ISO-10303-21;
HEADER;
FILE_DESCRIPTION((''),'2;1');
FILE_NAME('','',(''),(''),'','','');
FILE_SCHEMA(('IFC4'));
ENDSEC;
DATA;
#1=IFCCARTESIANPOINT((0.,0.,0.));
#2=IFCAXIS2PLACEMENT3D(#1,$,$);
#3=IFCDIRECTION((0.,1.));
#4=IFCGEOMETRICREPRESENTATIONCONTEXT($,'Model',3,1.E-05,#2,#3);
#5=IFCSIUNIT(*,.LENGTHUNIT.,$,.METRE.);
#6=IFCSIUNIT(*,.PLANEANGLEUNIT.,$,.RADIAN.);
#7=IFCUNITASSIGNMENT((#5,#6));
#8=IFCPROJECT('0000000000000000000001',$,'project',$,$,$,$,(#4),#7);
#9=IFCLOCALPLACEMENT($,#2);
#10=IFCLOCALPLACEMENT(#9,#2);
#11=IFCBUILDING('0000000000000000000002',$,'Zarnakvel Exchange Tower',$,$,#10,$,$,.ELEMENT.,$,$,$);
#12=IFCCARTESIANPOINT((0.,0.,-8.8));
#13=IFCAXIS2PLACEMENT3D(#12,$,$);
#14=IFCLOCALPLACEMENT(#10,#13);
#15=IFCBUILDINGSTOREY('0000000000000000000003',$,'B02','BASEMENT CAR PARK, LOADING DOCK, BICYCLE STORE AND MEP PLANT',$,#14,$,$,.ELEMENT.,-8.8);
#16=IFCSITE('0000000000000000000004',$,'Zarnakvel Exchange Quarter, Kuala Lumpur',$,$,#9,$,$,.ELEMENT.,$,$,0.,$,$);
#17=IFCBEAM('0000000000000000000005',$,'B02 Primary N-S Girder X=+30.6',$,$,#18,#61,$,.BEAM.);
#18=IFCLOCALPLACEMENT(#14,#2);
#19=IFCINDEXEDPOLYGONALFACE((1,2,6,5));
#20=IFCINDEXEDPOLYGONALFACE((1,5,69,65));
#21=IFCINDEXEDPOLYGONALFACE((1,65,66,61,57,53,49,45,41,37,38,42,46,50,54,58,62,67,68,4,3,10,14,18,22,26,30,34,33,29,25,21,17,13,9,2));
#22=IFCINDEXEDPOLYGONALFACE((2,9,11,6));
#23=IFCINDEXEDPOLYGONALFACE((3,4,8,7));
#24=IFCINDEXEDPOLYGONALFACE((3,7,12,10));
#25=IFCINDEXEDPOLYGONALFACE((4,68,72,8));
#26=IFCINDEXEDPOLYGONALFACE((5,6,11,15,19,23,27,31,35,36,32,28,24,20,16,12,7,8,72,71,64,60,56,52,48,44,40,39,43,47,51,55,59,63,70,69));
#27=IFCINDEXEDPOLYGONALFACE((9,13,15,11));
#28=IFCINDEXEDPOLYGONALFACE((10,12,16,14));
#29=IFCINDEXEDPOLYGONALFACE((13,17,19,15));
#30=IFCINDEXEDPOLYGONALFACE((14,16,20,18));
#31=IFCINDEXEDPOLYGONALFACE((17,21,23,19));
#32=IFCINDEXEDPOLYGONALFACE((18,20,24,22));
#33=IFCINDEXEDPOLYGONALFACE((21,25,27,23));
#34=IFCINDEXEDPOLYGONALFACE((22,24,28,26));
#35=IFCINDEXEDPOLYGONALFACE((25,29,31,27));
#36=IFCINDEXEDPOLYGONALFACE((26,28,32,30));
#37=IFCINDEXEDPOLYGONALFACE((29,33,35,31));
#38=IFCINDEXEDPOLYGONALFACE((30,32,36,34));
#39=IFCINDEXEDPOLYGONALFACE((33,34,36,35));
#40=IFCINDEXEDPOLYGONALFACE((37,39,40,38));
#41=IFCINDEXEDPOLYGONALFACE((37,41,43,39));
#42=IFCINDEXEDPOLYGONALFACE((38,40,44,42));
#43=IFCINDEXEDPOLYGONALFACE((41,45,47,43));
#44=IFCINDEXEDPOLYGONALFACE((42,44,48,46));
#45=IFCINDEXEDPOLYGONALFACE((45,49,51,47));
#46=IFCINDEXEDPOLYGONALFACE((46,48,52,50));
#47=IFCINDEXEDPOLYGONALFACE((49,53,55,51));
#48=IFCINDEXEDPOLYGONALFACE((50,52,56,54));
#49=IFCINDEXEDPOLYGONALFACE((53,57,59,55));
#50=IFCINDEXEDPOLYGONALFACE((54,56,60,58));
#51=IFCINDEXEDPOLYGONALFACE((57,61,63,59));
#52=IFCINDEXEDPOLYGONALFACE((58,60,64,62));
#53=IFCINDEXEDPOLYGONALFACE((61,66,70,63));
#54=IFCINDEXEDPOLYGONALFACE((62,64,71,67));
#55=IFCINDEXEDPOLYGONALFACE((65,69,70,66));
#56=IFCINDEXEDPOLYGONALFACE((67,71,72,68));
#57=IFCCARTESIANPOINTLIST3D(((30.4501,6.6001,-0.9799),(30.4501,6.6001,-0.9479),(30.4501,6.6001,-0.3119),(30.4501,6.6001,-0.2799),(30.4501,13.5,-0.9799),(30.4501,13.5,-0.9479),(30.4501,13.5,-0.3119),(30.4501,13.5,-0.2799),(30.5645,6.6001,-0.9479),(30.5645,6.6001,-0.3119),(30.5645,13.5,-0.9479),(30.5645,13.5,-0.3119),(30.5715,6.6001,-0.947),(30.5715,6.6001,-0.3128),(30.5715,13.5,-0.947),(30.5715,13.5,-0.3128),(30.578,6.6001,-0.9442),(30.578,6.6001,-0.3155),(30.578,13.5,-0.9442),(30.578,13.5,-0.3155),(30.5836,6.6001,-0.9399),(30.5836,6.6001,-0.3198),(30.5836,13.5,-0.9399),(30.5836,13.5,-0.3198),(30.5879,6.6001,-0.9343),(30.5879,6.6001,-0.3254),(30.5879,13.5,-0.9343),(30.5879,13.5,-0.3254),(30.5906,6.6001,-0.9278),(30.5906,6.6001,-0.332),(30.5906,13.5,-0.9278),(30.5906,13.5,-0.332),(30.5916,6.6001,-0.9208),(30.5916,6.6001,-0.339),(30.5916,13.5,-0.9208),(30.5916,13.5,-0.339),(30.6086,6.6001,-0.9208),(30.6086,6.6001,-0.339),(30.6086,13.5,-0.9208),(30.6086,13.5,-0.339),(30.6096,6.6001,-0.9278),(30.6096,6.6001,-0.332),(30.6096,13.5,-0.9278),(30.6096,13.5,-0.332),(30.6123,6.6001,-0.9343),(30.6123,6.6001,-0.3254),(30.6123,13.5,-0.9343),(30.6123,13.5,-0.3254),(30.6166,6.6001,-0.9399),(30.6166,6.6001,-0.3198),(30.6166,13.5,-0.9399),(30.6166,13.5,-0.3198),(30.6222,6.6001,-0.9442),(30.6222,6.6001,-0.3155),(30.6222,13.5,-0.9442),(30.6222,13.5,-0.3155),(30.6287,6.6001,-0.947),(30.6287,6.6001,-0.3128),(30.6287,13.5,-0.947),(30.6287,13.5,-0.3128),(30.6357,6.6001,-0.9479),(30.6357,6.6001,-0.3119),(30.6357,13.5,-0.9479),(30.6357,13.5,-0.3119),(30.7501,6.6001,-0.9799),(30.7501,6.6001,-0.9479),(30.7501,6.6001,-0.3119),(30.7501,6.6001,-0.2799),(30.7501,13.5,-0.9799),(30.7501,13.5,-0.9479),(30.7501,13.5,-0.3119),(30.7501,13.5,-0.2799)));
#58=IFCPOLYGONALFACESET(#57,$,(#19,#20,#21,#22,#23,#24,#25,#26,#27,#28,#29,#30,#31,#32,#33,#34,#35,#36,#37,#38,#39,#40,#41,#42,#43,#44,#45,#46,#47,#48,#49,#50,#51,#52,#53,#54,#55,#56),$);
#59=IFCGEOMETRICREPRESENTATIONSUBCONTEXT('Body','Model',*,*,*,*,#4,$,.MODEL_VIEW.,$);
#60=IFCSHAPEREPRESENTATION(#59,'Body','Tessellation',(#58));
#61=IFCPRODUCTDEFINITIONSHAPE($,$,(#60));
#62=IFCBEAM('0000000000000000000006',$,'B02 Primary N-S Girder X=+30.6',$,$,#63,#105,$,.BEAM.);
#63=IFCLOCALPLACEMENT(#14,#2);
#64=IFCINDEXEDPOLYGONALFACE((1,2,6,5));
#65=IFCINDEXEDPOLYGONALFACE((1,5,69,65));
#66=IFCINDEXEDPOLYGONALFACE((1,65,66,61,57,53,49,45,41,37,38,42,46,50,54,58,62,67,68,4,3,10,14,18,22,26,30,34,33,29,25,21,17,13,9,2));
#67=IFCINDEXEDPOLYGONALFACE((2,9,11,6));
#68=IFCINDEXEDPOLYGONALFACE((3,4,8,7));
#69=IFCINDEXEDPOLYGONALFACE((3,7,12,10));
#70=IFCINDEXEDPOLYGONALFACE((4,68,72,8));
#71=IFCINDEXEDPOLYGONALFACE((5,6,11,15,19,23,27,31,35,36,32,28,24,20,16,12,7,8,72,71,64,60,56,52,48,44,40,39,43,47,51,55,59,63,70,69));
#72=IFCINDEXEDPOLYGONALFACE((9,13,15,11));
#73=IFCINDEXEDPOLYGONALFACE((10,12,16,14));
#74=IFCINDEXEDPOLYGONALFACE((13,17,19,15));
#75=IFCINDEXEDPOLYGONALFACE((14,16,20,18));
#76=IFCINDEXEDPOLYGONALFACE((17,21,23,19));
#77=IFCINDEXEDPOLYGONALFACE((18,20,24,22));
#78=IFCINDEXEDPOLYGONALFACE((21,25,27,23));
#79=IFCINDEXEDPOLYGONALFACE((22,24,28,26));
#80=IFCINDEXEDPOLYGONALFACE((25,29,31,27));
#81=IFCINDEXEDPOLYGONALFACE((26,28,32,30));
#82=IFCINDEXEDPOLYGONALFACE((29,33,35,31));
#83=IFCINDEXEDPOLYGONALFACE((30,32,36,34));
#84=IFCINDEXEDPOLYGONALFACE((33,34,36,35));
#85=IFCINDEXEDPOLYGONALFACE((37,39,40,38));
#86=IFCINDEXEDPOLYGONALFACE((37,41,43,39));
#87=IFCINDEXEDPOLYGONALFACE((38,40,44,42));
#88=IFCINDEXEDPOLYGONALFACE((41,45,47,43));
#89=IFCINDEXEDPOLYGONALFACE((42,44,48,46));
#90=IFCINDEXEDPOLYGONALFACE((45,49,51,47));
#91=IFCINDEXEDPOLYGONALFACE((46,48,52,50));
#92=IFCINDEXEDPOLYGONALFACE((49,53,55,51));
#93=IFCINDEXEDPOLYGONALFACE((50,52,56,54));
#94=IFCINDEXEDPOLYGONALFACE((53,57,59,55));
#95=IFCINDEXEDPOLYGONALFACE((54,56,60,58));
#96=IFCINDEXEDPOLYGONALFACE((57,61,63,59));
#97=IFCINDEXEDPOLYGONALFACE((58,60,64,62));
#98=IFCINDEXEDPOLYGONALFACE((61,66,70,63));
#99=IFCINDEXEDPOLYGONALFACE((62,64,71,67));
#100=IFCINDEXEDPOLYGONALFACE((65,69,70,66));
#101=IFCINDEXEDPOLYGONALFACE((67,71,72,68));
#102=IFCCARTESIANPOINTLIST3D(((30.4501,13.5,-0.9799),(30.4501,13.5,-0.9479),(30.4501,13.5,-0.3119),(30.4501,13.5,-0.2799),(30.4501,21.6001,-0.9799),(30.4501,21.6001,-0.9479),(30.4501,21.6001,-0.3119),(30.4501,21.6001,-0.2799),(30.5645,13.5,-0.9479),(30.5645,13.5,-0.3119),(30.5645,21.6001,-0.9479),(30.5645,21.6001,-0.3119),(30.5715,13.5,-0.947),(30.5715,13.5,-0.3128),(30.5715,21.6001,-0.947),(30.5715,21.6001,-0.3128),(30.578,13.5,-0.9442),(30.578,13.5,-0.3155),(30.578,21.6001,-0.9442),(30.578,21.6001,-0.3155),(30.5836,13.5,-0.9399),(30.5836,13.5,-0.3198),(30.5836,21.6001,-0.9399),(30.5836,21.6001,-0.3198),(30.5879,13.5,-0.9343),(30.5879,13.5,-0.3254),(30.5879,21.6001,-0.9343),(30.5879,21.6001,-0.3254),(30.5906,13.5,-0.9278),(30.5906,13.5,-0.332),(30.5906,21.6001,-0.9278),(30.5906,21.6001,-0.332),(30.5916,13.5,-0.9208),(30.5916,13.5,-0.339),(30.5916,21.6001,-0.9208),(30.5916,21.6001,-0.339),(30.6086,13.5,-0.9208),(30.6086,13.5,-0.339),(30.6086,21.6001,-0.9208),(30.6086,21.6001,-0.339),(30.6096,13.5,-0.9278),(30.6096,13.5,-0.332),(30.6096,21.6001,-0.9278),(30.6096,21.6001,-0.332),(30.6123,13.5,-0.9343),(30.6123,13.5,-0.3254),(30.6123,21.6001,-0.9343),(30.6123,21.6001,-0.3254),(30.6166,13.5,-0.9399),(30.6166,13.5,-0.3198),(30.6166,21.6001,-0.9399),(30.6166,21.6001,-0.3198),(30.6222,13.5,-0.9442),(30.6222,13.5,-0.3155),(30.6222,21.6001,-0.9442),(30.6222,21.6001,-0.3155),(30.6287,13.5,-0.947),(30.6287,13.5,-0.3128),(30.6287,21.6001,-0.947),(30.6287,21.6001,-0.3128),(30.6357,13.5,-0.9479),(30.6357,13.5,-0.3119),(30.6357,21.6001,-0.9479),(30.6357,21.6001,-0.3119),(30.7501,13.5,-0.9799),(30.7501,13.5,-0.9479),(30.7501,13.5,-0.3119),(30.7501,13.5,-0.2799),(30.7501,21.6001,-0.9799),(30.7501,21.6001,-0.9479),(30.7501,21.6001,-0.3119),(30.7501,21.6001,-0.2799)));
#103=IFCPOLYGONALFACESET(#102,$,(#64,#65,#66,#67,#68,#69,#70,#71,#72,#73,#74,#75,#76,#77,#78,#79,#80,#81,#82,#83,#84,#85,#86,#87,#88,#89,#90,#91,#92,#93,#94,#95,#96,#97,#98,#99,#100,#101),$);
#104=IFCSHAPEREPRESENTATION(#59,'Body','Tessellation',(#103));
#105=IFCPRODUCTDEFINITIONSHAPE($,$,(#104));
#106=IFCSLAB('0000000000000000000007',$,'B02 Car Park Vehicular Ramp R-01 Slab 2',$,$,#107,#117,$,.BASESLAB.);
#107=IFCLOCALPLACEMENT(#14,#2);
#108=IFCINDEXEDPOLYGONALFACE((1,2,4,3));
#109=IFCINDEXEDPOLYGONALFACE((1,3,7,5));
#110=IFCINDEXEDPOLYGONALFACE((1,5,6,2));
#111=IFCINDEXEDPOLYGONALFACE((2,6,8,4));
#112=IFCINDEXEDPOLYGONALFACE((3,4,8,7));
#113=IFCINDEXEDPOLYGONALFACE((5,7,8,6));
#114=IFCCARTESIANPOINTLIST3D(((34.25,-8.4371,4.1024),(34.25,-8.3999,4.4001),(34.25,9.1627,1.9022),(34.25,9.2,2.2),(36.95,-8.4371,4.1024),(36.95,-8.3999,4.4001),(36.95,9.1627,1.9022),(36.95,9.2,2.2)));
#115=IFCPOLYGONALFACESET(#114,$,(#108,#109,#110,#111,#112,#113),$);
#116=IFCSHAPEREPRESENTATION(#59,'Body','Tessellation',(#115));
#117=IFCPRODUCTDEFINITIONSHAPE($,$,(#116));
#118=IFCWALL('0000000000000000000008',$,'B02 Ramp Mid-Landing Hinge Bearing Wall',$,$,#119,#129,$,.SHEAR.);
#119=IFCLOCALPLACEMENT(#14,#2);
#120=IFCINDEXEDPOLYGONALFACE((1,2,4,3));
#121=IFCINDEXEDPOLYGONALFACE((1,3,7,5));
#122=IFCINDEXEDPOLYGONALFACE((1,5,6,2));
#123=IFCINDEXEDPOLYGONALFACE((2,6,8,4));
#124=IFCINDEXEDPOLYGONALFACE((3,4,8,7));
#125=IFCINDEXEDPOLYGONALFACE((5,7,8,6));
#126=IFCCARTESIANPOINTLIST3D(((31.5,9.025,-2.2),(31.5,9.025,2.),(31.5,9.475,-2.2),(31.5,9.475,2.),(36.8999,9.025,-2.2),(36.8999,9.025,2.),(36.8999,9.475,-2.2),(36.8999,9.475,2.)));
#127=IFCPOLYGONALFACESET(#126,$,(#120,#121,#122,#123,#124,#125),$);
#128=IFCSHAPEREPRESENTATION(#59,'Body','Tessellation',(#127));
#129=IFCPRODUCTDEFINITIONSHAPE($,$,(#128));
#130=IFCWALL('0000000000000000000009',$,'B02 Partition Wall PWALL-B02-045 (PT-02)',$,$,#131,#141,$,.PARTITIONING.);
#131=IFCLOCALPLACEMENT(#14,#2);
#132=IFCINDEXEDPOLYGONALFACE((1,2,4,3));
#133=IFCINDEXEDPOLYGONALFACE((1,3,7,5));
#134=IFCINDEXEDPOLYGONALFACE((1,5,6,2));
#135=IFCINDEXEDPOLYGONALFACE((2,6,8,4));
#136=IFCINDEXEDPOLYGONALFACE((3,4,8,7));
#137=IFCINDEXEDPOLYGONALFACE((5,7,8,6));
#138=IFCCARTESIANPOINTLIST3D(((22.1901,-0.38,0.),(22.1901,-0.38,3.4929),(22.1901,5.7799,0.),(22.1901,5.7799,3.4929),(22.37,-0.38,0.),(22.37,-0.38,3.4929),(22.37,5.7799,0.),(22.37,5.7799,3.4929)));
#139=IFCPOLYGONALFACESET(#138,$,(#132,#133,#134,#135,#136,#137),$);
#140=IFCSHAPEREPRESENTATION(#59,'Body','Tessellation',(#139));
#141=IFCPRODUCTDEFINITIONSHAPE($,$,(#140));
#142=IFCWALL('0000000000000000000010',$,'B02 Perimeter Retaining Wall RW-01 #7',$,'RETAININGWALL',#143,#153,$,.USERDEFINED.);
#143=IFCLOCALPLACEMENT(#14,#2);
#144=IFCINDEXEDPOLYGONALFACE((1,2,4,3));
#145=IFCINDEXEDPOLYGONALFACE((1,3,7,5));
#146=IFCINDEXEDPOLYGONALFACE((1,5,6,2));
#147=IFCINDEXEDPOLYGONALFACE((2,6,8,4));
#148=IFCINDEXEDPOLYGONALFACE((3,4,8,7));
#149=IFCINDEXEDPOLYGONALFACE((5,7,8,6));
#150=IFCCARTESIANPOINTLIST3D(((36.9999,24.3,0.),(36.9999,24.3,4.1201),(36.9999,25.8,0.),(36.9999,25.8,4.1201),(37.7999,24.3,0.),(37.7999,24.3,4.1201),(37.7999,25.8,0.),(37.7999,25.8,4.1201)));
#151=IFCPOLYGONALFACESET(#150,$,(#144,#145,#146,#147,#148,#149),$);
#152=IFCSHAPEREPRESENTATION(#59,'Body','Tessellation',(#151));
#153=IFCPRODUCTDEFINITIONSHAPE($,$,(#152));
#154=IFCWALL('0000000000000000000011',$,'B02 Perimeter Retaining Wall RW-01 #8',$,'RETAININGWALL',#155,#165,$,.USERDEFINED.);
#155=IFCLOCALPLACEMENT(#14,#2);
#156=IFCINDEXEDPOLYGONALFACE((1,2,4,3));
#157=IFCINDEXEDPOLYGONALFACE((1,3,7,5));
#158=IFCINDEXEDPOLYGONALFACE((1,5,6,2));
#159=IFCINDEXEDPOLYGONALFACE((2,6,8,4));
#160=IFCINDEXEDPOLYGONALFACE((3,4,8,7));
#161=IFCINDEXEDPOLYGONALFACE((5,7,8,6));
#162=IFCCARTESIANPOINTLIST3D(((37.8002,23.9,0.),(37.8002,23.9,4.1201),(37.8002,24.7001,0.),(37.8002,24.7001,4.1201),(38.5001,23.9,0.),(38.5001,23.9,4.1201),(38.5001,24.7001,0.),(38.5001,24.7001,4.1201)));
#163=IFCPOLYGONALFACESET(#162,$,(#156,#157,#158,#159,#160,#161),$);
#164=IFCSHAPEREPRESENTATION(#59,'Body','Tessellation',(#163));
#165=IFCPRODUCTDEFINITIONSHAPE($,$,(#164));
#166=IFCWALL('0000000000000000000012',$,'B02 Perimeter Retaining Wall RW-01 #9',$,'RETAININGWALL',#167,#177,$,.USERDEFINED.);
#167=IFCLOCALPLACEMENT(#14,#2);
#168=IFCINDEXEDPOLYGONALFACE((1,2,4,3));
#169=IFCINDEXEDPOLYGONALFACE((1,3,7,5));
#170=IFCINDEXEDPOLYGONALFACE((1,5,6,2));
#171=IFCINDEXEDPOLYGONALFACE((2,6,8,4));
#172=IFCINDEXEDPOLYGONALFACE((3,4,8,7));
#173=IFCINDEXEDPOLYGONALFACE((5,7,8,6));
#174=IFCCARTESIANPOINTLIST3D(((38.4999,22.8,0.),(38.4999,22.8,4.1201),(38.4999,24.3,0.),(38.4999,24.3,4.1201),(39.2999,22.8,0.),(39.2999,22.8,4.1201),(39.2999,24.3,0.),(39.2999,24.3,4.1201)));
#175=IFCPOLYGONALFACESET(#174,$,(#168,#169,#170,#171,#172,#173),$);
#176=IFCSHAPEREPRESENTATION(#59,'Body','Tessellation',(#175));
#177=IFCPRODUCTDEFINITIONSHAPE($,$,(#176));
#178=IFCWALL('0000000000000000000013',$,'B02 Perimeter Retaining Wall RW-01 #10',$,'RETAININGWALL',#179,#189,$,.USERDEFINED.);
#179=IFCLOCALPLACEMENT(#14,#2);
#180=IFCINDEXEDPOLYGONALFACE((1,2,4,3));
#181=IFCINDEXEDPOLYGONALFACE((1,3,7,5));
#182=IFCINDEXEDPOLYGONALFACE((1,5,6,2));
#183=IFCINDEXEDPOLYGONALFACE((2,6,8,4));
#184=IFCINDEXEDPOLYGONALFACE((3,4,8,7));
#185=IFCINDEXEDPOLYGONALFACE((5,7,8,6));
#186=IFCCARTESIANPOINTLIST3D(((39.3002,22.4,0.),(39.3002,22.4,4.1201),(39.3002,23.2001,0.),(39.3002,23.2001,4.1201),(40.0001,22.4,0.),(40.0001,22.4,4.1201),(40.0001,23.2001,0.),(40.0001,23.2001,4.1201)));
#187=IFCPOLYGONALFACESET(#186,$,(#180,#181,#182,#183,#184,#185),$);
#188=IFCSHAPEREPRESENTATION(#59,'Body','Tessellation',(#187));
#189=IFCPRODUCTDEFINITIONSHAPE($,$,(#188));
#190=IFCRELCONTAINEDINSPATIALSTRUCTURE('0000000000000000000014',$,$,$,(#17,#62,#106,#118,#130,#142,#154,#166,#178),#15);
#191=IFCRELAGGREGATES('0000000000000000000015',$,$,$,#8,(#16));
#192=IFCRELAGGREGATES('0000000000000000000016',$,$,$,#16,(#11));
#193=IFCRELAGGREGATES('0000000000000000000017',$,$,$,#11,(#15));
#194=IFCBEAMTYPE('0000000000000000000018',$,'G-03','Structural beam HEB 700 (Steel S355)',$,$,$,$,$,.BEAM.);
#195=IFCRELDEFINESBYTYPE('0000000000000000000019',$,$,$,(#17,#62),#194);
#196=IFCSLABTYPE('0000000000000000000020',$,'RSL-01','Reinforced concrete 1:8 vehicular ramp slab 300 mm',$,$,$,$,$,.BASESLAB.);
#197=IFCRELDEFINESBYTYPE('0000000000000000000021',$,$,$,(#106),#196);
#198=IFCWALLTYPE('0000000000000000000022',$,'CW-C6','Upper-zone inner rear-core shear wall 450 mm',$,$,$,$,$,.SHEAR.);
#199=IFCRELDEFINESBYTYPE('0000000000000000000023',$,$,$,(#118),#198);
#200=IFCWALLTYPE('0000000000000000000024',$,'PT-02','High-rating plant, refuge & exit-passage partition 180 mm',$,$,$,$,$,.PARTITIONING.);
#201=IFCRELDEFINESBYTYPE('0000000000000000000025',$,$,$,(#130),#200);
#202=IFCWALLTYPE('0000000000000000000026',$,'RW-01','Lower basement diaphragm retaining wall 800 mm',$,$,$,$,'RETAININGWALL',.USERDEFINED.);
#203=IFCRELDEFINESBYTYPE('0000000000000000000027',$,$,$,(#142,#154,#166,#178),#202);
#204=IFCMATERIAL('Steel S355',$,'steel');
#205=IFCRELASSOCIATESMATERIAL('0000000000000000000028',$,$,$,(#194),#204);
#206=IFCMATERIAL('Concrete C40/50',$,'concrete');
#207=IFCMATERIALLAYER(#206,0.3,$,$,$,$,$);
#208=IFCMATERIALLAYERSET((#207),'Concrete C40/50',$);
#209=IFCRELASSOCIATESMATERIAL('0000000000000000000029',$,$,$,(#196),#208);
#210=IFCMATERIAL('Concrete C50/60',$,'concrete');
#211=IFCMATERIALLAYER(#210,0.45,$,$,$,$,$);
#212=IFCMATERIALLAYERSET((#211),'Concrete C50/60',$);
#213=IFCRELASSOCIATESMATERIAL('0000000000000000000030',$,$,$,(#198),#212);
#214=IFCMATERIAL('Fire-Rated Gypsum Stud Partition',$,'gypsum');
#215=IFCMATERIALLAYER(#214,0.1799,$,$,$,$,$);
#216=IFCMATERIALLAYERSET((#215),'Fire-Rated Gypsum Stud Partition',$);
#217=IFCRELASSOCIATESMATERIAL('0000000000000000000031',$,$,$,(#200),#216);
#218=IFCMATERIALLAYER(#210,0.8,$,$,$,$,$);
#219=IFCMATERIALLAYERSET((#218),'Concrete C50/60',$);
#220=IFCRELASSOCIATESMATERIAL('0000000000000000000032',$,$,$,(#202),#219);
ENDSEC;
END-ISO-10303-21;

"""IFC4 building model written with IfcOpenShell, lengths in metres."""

from ifc_helpers import new_model, si_unit, direction, frame, frame_2d, origin, origin_2d, place, context, subcontext, project, spatial, polyline, rectangle, i_section, outline, extrude, material, layer, layer_set, material_profile, profile_set, type_object, element, save


model = new_model("IFC4")

# Units and contexts
model_context = context("Model", 3, precision=1e-05, world=origin(), true_north=direction((0.0, 1.0)))
body_context = subcontext(model_context, "Body", "Model", "MODEL_VIEW")
ifc_project = project(units=[si_unit("LENGTHUNIT", "METRE"), si_unit("PLANEANGLEUNIT", "RADIAN")], contexts=[model_context])

# Site, building, storey
site_placement = place(None, origin())
site = spatial("IfcSite", under=ifc_project, at=site_placement, Name="Zarnakvel Exchange Quarter, Kuala Lumpur", CompositionType="ELEMENT", RefElevation=0.0)
building_placement = place(site_placement, origin())
building = spatial("IfcBuilding", under=site, at=building_placement, Name="Zarnakvel Exchange Tower", CompositionType="ELEMENT")
storey_placement = place(building_placement, frame((0.0, 0.0, -8.8)))
storey = spatial("IfcBuildingStorey", under=building, at=storey_placement, Name="B02", Description="BASEMENT CAR PARK, LOADING DOCK, BICYCLE STORE AND MEP PLANT", CompositionType="ELEMENT", Elevation=-8.8)

# Shared definitions
ifc_material_1 = material(Name="Concrete C50/60", Category="concrete")

# Beams
ifc_material_2 = material(Name="Steel S355", Category="steel")
ifc_material_profile_1 = material_profile(ifc_material_2, i_section(OverallWidth=0.3, OverallDepth=0.7, WebThickness=0.0171, FlangeThickness=0.032, FilletRadius=0.0271, at=origin_2d()))
ifc_profile_set_1 = profile_set([ifc_material_profile_1], Name="Steel S355")
beam_type_1 = type_object("IfcBeamType", Name="G-03", Description="Structural beam HEB 700 (Steel S355)", PredefinedType="BEAM", material=ifc_profile_set_1)
beam_1_placement = place(storey_placement, frame((30.6001, 6.6001, -0.6299), z_axis=(0.0, 1.0, 0.0), x_axis=(-1.0, 0.0, 0.0)))
element("IfcBeam", 1, at=beam_1_placement, inside=storey, type_object=beam_type_1, Name="B02 Primary N-S Girder X=+30.6", PredefinedType="BEAM", context=body_context, shape_type="SweptSolid", body=[
    extrude(i_section(OverallWidth=0.3, OverallDepth=0.7, WebThickness=0.0171, FlangeThickness=0.032, FilletRadius=0.0271, at=origin_2d()), origin(), (0.0, 0.0, 1.0), 6.8999),
])
beam_2_placement = place(storey_placement, frame((30.6001, 13.5, -0.6299), z_axis=(0.0, 1.0, 0.0), x_axis=(-1.0, 0.0, 0.0)))
element("IfcBeam", 2, at=beam_2_placement, inside=storey, type_object=beam_type_1, Name="B02 Primary N-S Girder X=+30.6", PredefinedType="BEAM", context=body_context, shape_type="SweptSolid", body=[
    extrude(i_section(OverallWidth=0.3, OverallDepth=0.7, WebThickness=0.0171, FlangeThickness=0.032, FilletRadius=0.0271, at=origin_2d()), origin(), (0.0, 0.0, 1.0), 8.1001),
])

# Slab
ifc_material_3 = material(Name="Concrete C40/50", Category="concrete")
ifc_layer_1 = layer(ifc_material_3, 0.3)
ifc_layer_set_1 = layer_set([ifc_layer_1], Name="Concrete C40/50")
slab_type = type_object("IfcSlabType", Name="RSL-01", Description="Reinforced concrete 1:8 vehicular ramp slab 300 mm", PredefinedType="BASESLAB", material=ifc_layer_set_1)
slab_placement = place(storey_placement, frame((34.25, 9.2, 2.2), z_axis=(0.0, 0.124047, 0.992276), x_axis=(1.0, 0.0, 0.0)))
element("IfcSlab", 3, at=slab_placement, inside=storey, type_object=slab_type, Name="B02 Car Park Vehicular Ramp R-01 Slab 2", PredefinedType="BASESLAB", context=body_context, shape_type="SweptSolid", body=[
    extrude(outline(polyline([(0.0, 0.0), (2.7, 0.0), (2.7, -17.7368), (0.0, -17.7368), (0.0, 0.0)])), origin(), (0.0, 0.0, -1.0), 0.3),
])

# Walls
ifc_layer_2 = layer(ifc_material_1, 0.45)
ifc_layer_set_2 = layer_set([ifc_layer_2], Name="Concrete C50/60")
wall_type_1 = type_object("IfcWallType", Name="CW-C6", Description="Upper-zone inner rear-core shear wall 450 mm", PredefinedType="SHEAR", material=ifc_layer_set_2)
wall_1_placement = place(storey_placement, frame((31.5, 9.25, -2.2), z_axis=(0.0, 0.0, 1.0), x_axis=(1.0, 0.0, 0.0)))
element("IfcWall", 4, at=wall_1_placement, inside=storey, type_object=wall_type_1, Name="B02 Ramp Mid-Landing Hinge Bearing Wall", PredefinedType="SHEAR", context=body_context, shape_type="SweptSolid", body=[
    extrude(rectangle(XDim=5.3999, YDim=0.45, at=frame_2d((2.7, 0.0))), origin(), (0.0, 0.0, 1.0), 4.2),
])
ifc_material_4 = material(Name="Fire-Rated Gypsum Stud Partition", Category="gypsum")
ifc_layer_3 = layer(ifc_material_4, 0.1799)
ifc_layer_set_3 = layer_set([ifc_layer_3], Name="Fire-Rated Gypsum Stud Partition")
wall_type_2 = type_object("IfcWallType", Name="PT-02", Description="High-rating plant, refuge & exit-passage partition 180 mm", PredefinedType="PARTITIONING", material=ifc_layer_set_3)
wall_2_placement = place(storey_placement, frame((22.28, 5.78, 0.0), z_axis=(0.0, 0.0, 1.0), x_axis=(0.0, -1.0, 0.0)))
element("IfcWall", 5, at=wall_2_placement, inside=storey, type_object=wall_type_2, Name="B02 Partition Wall PWALL-B02-045 (PT-02)", PredefinedType="PARTITIONING", context=body_context, shape_type="SweptSolid", body=[
    extrude(rectangle(XDim=6.1599, YDim=0.1799, at=frame_2d((3.0801, 0.0))), origin(), (0.0, 0.0, 1.0), 3.4929),
])

# Walls
ifc_layer_4 = layer(ifc_material_1, 0.8)
ifc_layer_set_4 = layer_set([ifc_layer_4], Name="Concrete C50/60")
wall_type_3 = type_object("IfcWallType", Name="RW-01", Description="Lower basement diaphragm retaining wall 800 mm", ElementType="RETAININGWALL", PredefinedType="USERDEFINED", material=ifc_layer_set_4)
wall_3_placement = place(storey_placement, frame((37.3999, 25.8, 0.0), z_axis=(0.0, 0.0, 1.0), x_axis=(0.0, -1.0, 0.0)))
element("IfcWall", 6, at=wall_3_placement, inside=storey, type_object=wall_type_3, Name="B02 Perimeter Retaining Wall RW-01 #7", ObjectType="RETAININGWALL", PredefinedType="USERDEFINED", context=body_context, shape_type="SweptSolid", body=[
    extrude(rectangle(XDim=1.5, YDim=0.8, at=frame_2d((0.75, 0.0))), origin(), (0.0, 0.0, 1.0), 4.1201),
])
wall_4_placement = place(storey_placement, frame((37.8, 24.3, 0.0), z_axis=(0.0, 0.0, 1.0), x_axis=(1.0, 0.0, 0.0)))
element("IfcWall", 7, at=wall_4_placement, inside=storey, type_object=wall_type_3, Name="B02 Perimeter Retaining Wall RW-01 #8", ObjectType="RETAININGWALL", PredefinedType="USERDEFINED", context=body_context, shape_type="SweptSolid", body=[
    extrude(rectangle(XDim=0.7, YDim=0.8, at=frame_2d((0.3501, 0.0))), origin(), (0.0, 0.0, 1.0), 4.1201),
])
wall_5_placement = place(storey_placement, frame((38.8999, 24.3, 0.0), z_axis=(0.0, 0.0, 1.0), x_axis=(0.0, -1.0, 0.0)))
element("IfcWall", 8, at=wall_5_placement, inside=storey, type_object=wall_type_3, Name="B02 Perimeter Retaining Wall RW-01 #9", ObjectType="RETAININGWALL", PredefinedType="USERDEFINED", context=body_context, shape_type="SweptSolid", body=[
    extrude(rectangle(XDim=1.5, YDim=0.8, at=frame_2d((0.75, 0.0))), origin(), (0.0, 0.0, 1.0), 4.1201),
])
wall_6_placement = place(storey_placement, frame((39.3, 22.8, 0.0), z_axis=(0.0, 0.0, 1.0), x_axis=(1.0, 0.0, 0.0)))
element("IfcWall", 9, at=wall_6_placement, inside=storey, type_object=wall_type_3, Name="B02 Perimeter Retaining Wall RW-01 #10", ObjectType="RETAININGWALL", PredefinedType="USERDEFINED", context=body_context, shape_type="SweptSolid", body=[
    extrude(rectangle(XDim=0.7, YDim=0.8, at=frame_2d((0.3501, 0.0))), origin(), (0.0, 0.0, 1.0), 4.1201),
])

save(model, "model.ifc")
